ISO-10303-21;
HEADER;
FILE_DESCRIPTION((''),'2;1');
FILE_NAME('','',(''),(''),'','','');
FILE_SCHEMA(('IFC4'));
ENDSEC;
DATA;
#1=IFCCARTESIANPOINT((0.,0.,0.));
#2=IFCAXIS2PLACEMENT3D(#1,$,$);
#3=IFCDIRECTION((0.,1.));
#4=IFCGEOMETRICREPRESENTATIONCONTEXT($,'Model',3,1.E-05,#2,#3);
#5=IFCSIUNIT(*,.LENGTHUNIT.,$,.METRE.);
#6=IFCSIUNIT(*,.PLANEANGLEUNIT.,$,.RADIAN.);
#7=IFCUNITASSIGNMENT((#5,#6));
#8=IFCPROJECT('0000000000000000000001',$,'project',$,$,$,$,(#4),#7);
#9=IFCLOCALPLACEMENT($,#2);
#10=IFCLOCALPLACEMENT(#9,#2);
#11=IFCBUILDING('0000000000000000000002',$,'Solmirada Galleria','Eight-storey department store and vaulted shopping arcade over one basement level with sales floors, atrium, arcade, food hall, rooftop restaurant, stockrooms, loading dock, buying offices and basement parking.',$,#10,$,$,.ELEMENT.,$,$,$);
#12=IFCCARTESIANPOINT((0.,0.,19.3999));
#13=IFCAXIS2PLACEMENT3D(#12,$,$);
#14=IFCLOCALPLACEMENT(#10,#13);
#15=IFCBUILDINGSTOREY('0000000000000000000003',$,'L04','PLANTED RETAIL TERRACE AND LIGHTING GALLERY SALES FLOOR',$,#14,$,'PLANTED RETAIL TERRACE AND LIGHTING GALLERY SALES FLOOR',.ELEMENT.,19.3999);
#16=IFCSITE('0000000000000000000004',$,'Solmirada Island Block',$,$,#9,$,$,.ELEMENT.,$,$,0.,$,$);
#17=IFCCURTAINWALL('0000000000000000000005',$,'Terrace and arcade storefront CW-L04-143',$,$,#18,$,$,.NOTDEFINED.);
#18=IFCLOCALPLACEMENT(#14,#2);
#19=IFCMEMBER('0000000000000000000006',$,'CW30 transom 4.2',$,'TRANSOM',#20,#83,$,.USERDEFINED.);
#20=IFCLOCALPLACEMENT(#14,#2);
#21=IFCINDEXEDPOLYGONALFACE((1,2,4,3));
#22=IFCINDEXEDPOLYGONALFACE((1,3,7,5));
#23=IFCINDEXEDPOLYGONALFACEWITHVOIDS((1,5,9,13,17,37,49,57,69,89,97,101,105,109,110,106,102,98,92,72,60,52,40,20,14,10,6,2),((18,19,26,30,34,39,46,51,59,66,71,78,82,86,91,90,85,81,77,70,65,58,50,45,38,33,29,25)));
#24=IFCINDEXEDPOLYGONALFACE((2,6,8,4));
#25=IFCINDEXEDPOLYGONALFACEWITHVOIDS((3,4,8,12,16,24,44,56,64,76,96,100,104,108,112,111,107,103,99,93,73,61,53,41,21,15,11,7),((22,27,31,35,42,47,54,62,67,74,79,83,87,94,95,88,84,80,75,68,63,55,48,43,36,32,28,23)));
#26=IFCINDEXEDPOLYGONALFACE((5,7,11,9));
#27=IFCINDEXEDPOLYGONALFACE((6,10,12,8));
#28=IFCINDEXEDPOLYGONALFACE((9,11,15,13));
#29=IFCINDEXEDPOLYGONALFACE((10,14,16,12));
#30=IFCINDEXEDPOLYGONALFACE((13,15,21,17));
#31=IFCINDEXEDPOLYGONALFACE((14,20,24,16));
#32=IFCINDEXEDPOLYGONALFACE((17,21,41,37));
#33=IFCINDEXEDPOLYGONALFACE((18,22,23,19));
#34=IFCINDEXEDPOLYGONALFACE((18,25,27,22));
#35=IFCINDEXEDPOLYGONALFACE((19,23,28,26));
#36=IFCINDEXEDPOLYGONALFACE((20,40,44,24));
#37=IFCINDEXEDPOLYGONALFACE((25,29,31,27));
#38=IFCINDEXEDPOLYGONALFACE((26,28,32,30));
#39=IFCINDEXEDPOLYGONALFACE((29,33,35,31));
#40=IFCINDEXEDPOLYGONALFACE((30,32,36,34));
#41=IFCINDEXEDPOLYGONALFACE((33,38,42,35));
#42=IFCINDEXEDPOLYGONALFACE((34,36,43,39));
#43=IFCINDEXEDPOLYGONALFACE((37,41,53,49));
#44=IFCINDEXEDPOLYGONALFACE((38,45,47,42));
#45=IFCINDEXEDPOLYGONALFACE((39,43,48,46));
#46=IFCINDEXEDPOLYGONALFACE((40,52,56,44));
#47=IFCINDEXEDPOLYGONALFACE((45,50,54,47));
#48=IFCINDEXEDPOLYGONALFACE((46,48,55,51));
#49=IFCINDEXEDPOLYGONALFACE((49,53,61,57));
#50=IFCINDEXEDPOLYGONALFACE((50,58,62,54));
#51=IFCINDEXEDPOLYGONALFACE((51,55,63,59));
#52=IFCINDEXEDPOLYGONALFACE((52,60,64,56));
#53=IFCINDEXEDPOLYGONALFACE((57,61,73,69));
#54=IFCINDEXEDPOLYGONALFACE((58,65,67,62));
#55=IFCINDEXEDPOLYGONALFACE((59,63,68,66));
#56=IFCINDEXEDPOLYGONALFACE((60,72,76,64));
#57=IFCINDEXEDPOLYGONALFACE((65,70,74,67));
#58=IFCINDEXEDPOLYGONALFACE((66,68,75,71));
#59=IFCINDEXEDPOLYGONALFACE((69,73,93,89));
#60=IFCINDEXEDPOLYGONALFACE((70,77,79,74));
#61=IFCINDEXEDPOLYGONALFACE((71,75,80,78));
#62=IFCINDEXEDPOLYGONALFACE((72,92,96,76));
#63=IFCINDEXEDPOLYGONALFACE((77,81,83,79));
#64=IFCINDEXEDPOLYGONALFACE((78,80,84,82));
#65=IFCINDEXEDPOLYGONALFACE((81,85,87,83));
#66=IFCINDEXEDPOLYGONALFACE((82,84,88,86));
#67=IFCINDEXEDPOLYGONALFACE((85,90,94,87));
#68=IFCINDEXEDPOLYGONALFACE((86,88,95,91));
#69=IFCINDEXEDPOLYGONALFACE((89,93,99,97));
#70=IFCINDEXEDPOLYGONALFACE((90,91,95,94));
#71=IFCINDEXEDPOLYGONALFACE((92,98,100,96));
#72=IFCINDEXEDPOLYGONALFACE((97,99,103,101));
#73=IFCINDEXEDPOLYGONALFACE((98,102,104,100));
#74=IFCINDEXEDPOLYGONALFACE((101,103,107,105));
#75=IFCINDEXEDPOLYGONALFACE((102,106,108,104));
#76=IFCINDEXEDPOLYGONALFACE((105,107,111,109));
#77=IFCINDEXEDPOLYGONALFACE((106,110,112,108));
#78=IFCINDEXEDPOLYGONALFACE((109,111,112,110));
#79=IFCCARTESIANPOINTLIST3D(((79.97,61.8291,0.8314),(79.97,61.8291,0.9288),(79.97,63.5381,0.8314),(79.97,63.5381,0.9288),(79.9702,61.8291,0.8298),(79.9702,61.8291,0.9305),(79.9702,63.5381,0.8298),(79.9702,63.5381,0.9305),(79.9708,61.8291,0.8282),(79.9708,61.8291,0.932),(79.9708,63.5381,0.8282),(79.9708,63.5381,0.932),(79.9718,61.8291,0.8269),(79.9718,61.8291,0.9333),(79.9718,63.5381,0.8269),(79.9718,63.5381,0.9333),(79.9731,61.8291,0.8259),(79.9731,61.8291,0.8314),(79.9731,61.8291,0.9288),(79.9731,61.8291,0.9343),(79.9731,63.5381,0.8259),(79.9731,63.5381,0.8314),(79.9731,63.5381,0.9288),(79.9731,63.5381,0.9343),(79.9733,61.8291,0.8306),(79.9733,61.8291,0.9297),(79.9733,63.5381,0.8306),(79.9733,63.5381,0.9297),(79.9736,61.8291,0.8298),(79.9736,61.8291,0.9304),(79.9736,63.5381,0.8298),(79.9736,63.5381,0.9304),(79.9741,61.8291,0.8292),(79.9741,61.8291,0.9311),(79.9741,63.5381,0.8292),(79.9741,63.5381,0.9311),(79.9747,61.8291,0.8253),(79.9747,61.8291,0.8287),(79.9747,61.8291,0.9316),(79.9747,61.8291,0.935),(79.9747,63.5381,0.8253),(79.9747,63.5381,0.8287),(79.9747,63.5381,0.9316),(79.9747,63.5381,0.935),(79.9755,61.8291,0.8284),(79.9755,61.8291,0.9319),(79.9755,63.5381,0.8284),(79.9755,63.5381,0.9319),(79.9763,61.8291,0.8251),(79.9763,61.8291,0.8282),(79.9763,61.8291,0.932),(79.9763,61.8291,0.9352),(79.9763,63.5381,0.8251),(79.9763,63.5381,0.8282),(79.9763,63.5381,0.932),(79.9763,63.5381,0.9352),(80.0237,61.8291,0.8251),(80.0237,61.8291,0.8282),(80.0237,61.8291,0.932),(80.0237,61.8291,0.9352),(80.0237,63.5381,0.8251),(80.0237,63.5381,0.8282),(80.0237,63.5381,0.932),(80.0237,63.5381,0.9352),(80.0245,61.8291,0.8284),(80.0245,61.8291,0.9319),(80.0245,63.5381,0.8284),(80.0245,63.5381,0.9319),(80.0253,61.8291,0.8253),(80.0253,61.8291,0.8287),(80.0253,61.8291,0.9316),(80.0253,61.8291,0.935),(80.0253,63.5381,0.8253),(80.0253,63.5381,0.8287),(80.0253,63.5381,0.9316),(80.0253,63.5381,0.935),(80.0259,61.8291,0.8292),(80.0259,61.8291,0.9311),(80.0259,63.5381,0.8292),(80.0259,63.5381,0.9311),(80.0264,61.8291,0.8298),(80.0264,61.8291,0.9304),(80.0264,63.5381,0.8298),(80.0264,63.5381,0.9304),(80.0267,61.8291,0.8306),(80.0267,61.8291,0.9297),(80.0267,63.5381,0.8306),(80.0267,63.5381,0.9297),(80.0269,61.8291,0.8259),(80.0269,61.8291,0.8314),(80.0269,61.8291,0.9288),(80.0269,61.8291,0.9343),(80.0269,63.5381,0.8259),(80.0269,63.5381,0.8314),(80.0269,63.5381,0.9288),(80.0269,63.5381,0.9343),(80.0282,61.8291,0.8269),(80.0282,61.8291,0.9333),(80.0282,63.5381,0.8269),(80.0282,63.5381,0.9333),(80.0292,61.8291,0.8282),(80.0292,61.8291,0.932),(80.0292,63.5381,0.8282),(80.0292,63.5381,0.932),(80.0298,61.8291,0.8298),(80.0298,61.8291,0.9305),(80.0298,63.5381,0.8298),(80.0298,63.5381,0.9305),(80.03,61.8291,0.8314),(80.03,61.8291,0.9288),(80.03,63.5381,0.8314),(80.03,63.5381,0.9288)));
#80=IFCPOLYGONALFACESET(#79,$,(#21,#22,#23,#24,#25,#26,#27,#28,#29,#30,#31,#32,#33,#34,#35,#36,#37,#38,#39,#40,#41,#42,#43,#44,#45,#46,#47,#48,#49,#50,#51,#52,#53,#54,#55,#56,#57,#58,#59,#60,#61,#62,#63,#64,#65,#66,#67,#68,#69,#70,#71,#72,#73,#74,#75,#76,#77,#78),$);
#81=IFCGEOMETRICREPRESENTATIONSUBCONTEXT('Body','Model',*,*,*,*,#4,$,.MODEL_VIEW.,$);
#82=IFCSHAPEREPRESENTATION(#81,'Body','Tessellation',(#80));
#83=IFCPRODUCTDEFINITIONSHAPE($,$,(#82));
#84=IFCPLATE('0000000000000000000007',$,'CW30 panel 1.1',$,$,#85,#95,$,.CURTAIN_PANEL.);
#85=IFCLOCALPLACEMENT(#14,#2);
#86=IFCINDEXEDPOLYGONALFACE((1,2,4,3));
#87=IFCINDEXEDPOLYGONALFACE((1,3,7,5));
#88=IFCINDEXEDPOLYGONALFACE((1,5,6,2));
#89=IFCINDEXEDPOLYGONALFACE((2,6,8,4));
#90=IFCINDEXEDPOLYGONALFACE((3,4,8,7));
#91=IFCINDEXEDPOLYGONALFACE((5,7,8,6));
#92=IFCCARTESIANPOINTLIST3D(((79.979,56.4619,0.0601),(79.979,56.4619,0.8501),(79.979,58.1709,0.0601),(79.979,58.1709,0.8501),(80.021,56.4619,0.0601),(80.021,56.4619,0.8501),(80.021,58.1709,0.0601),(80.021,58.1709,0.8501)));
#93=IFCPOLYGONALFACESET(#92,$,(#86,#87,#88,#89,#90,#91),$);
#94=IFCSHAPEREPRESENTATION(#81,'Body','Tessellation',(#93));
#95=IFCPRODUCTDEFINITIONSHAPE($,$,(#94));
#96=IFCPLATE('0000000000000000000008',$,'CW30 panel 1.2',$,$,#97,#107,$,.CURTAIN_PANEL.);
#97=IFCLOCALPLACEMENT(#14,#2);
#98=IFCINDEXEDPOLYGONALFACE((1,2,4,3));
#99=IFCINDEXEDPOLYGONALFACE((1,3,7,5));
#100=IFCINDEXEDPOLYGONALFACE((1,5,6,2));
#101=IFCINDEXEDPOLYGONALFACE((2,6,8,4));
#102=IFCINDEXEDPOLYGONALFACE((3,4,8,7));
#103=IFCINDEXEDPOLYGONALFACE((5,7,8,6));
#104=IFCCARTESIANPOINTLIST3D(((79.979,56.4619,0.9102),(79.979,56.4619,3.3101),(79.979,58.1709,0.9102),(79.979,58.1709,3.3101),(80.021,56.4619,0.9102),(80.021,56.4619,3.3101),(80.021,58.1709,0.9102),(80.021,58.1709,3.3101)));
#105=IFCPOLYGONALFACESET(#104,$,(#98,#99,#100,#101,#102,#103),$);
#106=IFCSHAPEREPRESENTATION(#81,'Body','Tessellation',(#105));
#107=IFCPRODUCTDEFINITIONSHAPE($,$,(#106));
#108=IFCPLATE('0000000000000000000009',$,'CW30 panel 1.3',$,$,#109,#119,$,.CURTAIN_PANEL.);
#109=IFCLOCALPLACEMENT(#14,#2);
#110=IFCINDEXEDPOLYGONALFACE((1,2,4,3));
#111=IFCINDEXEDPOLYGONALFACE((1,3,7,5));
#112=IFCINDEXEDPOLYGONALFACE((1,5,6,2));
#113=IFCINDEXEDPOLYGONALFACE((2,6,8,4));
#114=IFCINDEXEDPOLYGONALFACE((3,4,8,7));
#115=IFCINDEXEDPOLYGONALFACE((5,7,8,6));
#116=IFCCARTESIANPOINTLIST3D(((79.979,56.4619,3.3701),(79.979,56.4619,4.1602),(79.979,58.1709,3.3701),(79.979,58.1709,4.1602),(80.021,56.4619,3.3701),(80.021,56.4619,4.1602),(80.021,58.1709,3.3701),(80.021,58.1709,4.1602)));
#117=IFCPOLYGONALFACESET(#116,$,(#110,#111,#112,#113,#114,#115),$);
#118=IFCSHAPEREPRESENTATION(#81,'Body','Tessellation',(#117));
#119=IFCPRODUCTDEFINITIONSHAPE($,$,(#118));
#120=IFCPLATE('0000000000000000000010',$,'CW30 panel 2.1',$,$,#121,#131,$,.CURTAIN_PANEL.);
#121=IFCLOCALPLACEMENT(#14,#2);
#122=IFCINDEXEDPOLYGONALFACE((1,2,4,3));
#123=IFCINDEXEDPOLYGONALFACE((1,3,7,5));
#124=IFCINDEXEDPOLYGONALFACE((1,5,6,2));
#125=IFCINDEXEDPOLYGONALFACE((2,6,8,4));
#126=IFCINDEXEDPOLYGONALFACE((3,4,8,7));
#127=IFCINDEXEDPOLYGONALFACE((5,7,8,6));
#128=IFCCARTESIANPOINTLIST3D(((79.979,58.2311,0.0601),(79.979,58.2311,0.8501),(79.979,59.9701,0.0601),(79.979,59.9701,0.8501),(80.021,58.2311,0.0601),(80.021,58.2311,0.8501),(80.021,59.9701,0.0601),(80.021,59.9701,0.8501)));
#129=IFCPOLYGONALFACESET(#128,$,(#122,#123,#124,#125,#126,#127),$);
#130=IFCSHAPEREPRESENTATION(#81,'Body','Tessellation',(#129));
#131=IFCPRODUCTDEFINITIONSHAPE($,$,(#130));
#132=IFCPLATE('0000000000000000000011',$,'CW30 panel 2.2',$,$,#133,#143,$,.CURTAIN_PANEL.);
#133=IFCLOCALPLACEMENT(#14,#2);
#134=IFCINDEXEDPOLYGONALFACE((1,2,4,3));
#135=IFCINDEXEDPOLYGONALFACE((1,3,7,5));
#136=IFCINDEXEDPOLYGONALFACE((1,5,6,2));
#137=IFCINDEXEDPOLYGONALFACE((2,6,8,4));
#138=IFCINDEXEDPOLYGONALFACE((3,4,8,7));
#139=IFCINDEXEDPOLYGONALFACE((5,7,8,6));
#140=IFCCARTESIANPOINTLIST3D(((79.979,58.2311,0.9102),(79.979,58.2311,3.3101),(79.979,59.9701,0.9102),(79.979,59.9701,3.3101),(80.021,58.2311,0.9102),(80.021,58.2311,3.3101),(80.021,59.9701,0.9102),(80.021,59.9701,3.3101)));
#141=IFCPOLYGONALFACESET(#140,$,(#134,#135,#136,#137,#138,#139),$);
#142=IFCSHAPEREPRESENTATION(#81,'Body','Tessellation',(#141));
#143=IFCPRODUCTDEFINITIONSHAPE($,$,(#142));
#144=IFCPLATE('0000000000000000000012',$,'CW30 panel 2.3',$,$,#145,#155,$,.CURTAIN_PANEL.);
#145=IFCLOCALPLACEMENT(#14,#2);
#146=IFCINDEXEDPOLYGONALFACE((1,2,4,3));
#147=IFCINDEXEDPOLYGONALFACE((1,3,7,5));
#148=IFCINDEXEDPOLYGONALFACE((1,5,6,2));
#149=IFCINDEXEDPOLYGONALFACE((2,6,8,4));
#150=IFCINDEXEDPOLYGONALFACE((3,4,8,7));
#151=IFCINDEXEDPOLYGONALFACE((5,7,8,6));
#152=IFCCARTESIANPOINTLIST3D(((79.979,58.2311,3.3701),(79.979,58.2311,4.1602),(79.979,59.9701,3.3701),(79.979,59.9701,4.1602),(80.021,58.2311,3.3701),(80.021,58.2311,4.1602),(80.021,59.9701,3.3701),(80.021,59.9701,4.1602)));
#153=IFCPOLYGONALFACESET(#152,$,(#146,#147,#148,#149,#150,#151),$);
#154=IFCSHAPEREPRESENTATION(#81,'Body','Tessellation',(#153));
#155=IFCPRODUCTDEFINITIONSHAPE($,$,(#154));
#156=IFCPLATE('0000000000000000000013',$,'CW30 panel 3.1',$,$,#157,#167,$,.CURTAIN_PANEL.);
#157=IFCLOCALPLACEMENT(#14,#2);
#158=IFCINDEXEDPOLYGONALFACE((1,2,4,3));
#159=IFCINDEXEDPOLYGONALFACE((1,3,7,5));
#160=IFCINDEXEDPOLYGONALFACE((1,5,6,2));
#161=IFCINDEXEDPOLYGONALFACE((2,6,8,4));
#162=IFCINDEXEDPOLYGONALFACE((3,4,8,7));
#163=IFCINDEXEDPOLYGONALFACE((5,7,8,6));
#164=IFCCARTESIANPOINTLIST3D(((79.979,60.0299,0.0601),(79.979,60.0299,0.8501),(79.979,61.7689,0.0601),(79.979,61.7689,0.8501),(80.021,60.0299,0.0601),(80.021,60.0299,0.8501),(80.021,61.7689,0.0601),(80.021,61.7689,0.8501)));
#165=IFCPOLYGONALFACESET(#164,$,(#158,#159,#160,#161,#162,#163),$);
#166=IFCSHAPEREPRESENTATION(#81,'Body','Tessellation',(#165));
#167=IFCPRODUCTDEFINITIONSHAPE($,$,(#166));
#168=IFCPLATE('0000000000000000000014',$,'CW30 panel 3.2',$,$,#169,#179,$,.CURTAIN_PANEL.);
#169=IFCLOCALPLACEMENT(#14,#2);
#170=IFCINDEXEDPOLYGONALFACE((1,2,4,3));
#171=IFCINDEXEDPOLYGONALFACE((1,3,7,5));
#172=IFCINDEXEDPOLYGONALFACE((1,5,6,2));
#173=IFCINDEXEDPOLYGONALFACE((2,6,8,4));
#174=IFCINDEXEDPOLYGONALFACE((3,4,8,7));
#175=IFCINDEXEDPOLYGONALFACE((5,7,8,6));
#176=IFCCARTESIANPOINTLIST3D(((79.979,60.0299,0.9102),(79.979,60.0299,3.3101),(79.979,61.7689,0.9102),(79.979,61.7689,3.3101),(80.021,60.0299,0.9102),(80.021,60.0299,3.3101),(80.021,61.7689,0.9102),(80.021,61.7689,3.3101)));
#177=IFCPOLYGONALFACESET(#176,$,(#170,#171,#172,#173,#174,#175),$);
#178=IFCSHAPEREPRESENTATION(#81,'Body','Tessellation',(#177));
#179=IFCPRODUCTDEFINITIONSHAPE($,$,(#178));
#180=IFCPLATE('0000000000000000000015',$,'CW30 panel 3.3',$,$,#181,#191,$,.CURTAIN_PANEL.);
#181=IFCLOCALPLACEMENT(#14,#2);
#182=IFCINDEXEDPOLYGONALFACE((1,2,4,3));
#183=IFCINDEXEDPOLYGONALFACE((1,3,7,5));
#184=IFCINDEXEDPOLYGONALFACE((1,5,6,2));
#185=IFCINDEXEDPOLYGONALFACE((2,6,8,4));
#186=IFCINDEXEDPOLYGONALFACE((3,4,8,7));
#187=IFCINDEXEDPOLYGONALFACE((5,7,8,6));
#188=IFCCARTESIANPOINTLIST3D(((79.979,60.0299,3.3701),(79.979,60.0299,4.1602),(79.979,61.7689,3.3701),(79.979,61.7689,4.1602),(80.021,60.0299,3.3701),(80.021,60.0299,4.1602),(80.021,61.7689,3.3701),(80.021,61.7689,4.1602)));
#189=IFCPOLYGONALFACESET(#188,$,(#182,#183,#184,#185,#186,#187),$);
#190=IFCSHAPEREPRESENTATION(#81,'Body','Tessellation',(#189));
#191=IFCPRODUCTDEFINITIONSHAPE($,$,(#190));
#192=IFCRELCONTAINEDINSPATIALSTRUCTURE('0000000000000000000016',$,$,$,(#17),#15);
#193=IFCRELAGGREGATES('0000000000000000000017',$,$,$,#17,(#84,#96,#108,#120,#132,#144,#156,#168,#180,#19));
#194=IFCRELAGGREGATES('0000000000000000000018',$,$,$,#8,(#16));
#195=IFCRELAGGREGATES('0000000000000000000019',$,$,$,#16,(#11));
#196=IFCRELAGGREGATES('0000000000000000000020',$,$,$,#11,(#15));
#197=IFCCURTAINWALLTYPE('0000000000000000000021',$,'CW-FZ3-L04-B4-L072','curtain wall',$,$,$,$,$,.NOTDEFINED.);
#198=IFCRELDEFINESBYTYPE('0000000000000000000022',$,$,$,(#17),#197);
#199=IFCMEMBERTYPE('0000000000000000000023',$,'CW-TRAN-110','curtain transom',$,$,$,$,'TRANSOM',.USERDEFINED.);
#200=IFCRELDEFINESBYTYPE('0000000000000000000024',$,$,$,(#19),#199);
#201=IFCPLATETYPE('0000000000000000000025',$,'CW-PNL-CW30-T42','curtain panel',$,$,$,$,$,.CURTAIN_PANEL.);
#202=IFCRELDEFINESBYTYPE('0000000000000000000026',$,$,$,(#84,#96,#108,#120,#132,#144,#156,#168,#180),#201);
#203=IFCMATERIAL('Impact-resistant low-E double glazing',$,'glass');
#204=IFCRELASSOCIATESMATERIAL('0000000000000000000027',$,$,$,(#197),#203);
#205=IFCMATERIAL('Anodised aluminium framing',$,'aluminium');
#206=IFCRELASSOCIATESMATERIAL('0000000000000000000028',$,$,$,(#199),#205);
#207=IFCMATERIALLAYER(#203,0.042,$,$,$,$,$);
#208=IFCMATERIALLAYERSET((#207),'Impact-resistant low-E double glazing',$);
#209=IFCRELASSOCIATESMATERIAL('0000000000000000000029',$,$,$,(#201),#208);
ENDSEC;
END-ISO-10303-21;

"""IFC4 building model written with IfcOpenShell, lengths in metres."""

from ifc_helpers import new_model, si_unit, direction, frame, origin, origin_2d, place, context, subcontext, project, spatial, rectangle, hollow_rectangle, extrude, material, layer, layer_set, material_profile, profile_set, type_object, element, aggregate, save


model = new_model("IFC4")

# Units and contexts
model_context = context("Model", 3, precision=1e-05, world=origin(), true_north=direction((0.0, 1.0)))
body_context = subcontext(model_context, "Body", "Model", "MODEL_VIEW")
ifc_project = project(units=[si_unit("LENGTHUNIT", "METRE"), si_unit("PLANEANGLEUNIT", "RADIAN")], contexts=[model_context])

# Site, building, storey
site_placement = place(None, origin())
site = spatial("IfcSite", under=ifc_project, at=site_placement, Name="Solmirada Island Block", CompositionType="ELEMENT", RefElevation=0.0)
building_placement = place(site_placement, origin())
building = spatial("IfcBuilding", under=site, at=building_placement, Name="Solmirada Galleria", Description="Eight-storey department store and vaulted shopping arcade over one basement level with sales floors, atrium, arcade, food hall, rooftop restaurant, stockrooms, loading dock, buying offices and basement parking.", CompositionType="ELEMENT")
storey_placement = place(building_placement, frame((0.0, 0.0, 19.3999)))
storey = spatial("IfcBuildingStorey", under=building, at=storey_placement, Name="L04", Description="PLANTED RETAIL TERRACE AND LIGHTING GALLERY SALES FLOOR", LongName="PLANTED RETAIL TERRACE AND LIGHTING GALLERY SALES FLOOR", CompositionType="ELEMENT", Elevation=19.3999)

# Curtain wall, member, plates
ifc_material_1 = material(Name="Impact-resistant low-E double glazing", Category="glass")
curtain_wall_type = type_object("IfcCurtainWallType", Name="CW-FZ3-L04-B4-L072", Description="curtain wall", PredefinedType="NOTDEFINED", material=ifc_material_1)
curtain_wall_placement = place(storey_placement, origin())
curtain_wall = element("IfcCurtainWall", 1, at=curtain_wall_placement, inside=storey, type_object=curtain_wall_type, Name="Terrace and arcade storefront CW-L04-143", PredefinedType="NOTDEFINED")
ifc_material_2 = material(Name="Anodised aluminium framing", Category="aluminium")
ifc_material_profile_1 = material_profile(ifc_material_2, hollow_rectangle(XDim=0.0601, YDim=0.1101, WallThickness=0.0032, InnerFilletRadius=0.0032, OuterFilletRadius=0.0063, at=origin_2d()), Name="ALU-TRAN-110X60")
ifc_profile_set_1 = profile_set([ifc_material_profile_1], Name="Anodised aluminium framing")
member_type_1 = type_object("IfcMemberType", Name="CW-TRAN-110", Description="curtain transom", ElementType="TRANSOM", PredefinedType="USERDEFINED", material=ifc_profile_set_1)
member_1_placement = place(storey_placement, frame((80.0, 61.8291, 0.8801), z_axis=(0.0, 1.0, 0.0), x_axis=(-1.0, 0.0, 0.0)))
member_1 = element("IfcMember", 2, at=member_1_placement, type_object=member_type_1, Name="CW30 transom 4.2", ObjectType="TRANSOM", PredefinedType="USERDEFINED", context=body_context, shape_type="SweptSolid", body=[
    extrude(hollow_rectangle(XDim=0.0601, YDim=0.1101, WallThickness=0.0032, InnerFilletRadius=0.0032, OuterFilletRadius=0.0063, at=origin_2d()), origin(), (0.0, 0.0, 1.0), 1.709),
])
ifc_layer = layer(ifc_material_1, 0.042)
ifc_layer_set = layer_set([ifc_layer], Name="Impact-resistant low-E double glazing")
plate_type = type_object("IfcPlateType", Name="CW-PNL-CW30-T42", Description="curtain panel", PredefinedType="CURTAIN_PANEL", material=ifc_layer_set)
plate_1_placement = place(storey_placement, frame((80.0, 57.3164, 0.0601), z_axis=(0.0, 0.0, 1.0), x_axis=(0.0, 1.0, 0.0)))
plate_1 = element("IfcPlate", 3, at=plate_1_placement, type_object=plate_type, Name="CW30 panel 1.1", PredefinedType="CURTAIN_PANEL", context=body_context, shape_type="SweptSolid", body=[
    extrude(rectangle(XDim=1.709, YDim=0.042, at=origin_2d()), origin(), (0.0, 0.0, 1.0), 0.79),
])
plate_2_placement = place(storey_placement, frame((80.0, 57.3164, 0.9102), z_axis=(0.0, 0.0, 1.0), x_axis=(0.0, 1.0, 0.0)))
plate_2 = element("IfcPlate", 4, at=plate_2_placement, type_object=plate_type, Name="CW30 panel 1.2", PredefinedType="CURTAIN_PANEL", context=body_context, shape_type="SweptSolid", body=[
    extrude(rectangle(XDim=1.709, YDim=0.042, at=origin_2d()), origin(), (0.0, 0.0, 1.0), 2.3999),
])
plate_3_placement = place(storey_placement, frame((80.0, 57.3164, 3.3701), z_axis=(0.0, 0.0, 1.0), x_axis=(0.0, 1.0, 0.0)))
plate_3 = element("IfcPlate", 5, at=plate_3_placement, type_object=plate_type, Name="CW30 panel 1.3", PredefinedType="CURTAIN_PANEL", context=body_context, shape_type="SweptSolid", body=[
    extrude(rectangle(XDim=1.709, YDim=0.042, at=origin_2d()), origin(), (0.0, 0.0, 1.0), 0.79),
])
plate_4_placement = place(storey_placement, frame((80.0, 59.1006, 0.0601), z_axis=(0.0, 0.0, 1.0), x_axis=(0.0, 1.0, 0.0)))
plate_4 = element("IfcPlate", 6, at=plate_4_placement, type_object=plate_type, Name="CW30 panel 2.1", PredefinedType="CURTAIN_PANEL", context=body_context, shape_type="SweptSolid", body=[
    extrude(rectangle(XDim=1.739, YDim=0.042, at=origin_2d()), origin(), (0.0, 0.0, 1.0), 0.79),
])
plate_5_placement = place(storey_placement, frame((80.0, 59.1006, 0.9102), z_axis=(0.0, 0.0, 1.0), x_axis=(0.0, 1.0, 0.0)))
plate_5 = element("IfcPlate", 7, at=plate_5_placement, type_object=plate_type, Name="CW30 panel 2.2", PredefinedType="CURTAIN_PANEL", context=body_context, shape_type="SweptSolid", body=[
    extrude(rectangle(XDim=1.739, YDim=0.042, at=origin_2d()), origin(), (0.0, 0.0, 1.0), 2.3999),
])
plate_6_placement = place(storey_placement, frame((80.0, 59.1006, 3.3701), z_axis=(0.0, 0.0, 1.0), x_axis=(0.0, 1.0, 0.0)))
plate_6 = element("IfcPlate", 8, at=plate_6_placement, type_object=plate_type, Name="CW30 panel 2.3", PredefinedType="CURTAIN_PANEL", context=body_context, shape_type="SweptSolid", body=[
    extrude(rectangle(XDim=1.739, YDim=0.042, at=origin_2d()), origin(), (0.0, 0.0, 1.0), 0.79),
])
plate_7_placement = place(storey_placement, frame((80.0, 60.8994, 0.0601), z_axis=(0.0, 0.0, 1.0), x_axis=(0.0, 1.0, 0.0)))
plate_7 = element("IfcPlate", 9, at=plate_7_placement, type_object=plate_type, Name="CW30 panel 3.1", PredefinedType="CURTAIN_PANEL", context=body_context, shape_type="SweptSolid", body=[
    extrude(rectangle(XDim=1.739, YDim=0.042, at=origin_2d()), origin(), (0.0, 0.0, 1.0), 0.79),
])
plate_8_placement = place(storey_placement, frame((80.0, 60.8994, 0.9102), z_axis=(0.0, 0.0, 1.0), x_axis=(0.0, 1.0, 0.0)))
plate_8 = element("IfcPlate", 10, at=plate_8_placement, type_object=plate_type, Name="CW30 panel 3.2", PredefinedType="CURTAIN_PANEL", context=body_context, shape_type="SweptSolid", body=[
    extrude(rectangle(XDim=1.739, YDim=0.042, at=origin_2d()), origin(), (0.0, 0.0, 1.0), 2.3999),
])
plate_9_placement = place(storey_placement, frame((80.0, 60.8994, 3.3701), z_axis=(0.0, 0.0, 1.0), x_axis=(0.0, 1.0, 0.0)))
plate_9 = element("IfcPlate", 11, at=plate_9_placement, type_object=plate_type, Name="CW30 panel 3.3", PredefinedType="CURTAIN_PANEL", context=body_context, shape_type="SweptSolid", body=[
    extrude(rectangle(XDim=1.739, YDim=0.042, at=origin_2d()), origin(), (0.0, 0.0, 1.0), 0.79),
])
aggregate(curtain_wall, [plate_1, plate_2, plate_3, plate_4, plate_5, plate_6, plate_7, plate_8, plate_9, member_1])

save(model, "model.ifc")
